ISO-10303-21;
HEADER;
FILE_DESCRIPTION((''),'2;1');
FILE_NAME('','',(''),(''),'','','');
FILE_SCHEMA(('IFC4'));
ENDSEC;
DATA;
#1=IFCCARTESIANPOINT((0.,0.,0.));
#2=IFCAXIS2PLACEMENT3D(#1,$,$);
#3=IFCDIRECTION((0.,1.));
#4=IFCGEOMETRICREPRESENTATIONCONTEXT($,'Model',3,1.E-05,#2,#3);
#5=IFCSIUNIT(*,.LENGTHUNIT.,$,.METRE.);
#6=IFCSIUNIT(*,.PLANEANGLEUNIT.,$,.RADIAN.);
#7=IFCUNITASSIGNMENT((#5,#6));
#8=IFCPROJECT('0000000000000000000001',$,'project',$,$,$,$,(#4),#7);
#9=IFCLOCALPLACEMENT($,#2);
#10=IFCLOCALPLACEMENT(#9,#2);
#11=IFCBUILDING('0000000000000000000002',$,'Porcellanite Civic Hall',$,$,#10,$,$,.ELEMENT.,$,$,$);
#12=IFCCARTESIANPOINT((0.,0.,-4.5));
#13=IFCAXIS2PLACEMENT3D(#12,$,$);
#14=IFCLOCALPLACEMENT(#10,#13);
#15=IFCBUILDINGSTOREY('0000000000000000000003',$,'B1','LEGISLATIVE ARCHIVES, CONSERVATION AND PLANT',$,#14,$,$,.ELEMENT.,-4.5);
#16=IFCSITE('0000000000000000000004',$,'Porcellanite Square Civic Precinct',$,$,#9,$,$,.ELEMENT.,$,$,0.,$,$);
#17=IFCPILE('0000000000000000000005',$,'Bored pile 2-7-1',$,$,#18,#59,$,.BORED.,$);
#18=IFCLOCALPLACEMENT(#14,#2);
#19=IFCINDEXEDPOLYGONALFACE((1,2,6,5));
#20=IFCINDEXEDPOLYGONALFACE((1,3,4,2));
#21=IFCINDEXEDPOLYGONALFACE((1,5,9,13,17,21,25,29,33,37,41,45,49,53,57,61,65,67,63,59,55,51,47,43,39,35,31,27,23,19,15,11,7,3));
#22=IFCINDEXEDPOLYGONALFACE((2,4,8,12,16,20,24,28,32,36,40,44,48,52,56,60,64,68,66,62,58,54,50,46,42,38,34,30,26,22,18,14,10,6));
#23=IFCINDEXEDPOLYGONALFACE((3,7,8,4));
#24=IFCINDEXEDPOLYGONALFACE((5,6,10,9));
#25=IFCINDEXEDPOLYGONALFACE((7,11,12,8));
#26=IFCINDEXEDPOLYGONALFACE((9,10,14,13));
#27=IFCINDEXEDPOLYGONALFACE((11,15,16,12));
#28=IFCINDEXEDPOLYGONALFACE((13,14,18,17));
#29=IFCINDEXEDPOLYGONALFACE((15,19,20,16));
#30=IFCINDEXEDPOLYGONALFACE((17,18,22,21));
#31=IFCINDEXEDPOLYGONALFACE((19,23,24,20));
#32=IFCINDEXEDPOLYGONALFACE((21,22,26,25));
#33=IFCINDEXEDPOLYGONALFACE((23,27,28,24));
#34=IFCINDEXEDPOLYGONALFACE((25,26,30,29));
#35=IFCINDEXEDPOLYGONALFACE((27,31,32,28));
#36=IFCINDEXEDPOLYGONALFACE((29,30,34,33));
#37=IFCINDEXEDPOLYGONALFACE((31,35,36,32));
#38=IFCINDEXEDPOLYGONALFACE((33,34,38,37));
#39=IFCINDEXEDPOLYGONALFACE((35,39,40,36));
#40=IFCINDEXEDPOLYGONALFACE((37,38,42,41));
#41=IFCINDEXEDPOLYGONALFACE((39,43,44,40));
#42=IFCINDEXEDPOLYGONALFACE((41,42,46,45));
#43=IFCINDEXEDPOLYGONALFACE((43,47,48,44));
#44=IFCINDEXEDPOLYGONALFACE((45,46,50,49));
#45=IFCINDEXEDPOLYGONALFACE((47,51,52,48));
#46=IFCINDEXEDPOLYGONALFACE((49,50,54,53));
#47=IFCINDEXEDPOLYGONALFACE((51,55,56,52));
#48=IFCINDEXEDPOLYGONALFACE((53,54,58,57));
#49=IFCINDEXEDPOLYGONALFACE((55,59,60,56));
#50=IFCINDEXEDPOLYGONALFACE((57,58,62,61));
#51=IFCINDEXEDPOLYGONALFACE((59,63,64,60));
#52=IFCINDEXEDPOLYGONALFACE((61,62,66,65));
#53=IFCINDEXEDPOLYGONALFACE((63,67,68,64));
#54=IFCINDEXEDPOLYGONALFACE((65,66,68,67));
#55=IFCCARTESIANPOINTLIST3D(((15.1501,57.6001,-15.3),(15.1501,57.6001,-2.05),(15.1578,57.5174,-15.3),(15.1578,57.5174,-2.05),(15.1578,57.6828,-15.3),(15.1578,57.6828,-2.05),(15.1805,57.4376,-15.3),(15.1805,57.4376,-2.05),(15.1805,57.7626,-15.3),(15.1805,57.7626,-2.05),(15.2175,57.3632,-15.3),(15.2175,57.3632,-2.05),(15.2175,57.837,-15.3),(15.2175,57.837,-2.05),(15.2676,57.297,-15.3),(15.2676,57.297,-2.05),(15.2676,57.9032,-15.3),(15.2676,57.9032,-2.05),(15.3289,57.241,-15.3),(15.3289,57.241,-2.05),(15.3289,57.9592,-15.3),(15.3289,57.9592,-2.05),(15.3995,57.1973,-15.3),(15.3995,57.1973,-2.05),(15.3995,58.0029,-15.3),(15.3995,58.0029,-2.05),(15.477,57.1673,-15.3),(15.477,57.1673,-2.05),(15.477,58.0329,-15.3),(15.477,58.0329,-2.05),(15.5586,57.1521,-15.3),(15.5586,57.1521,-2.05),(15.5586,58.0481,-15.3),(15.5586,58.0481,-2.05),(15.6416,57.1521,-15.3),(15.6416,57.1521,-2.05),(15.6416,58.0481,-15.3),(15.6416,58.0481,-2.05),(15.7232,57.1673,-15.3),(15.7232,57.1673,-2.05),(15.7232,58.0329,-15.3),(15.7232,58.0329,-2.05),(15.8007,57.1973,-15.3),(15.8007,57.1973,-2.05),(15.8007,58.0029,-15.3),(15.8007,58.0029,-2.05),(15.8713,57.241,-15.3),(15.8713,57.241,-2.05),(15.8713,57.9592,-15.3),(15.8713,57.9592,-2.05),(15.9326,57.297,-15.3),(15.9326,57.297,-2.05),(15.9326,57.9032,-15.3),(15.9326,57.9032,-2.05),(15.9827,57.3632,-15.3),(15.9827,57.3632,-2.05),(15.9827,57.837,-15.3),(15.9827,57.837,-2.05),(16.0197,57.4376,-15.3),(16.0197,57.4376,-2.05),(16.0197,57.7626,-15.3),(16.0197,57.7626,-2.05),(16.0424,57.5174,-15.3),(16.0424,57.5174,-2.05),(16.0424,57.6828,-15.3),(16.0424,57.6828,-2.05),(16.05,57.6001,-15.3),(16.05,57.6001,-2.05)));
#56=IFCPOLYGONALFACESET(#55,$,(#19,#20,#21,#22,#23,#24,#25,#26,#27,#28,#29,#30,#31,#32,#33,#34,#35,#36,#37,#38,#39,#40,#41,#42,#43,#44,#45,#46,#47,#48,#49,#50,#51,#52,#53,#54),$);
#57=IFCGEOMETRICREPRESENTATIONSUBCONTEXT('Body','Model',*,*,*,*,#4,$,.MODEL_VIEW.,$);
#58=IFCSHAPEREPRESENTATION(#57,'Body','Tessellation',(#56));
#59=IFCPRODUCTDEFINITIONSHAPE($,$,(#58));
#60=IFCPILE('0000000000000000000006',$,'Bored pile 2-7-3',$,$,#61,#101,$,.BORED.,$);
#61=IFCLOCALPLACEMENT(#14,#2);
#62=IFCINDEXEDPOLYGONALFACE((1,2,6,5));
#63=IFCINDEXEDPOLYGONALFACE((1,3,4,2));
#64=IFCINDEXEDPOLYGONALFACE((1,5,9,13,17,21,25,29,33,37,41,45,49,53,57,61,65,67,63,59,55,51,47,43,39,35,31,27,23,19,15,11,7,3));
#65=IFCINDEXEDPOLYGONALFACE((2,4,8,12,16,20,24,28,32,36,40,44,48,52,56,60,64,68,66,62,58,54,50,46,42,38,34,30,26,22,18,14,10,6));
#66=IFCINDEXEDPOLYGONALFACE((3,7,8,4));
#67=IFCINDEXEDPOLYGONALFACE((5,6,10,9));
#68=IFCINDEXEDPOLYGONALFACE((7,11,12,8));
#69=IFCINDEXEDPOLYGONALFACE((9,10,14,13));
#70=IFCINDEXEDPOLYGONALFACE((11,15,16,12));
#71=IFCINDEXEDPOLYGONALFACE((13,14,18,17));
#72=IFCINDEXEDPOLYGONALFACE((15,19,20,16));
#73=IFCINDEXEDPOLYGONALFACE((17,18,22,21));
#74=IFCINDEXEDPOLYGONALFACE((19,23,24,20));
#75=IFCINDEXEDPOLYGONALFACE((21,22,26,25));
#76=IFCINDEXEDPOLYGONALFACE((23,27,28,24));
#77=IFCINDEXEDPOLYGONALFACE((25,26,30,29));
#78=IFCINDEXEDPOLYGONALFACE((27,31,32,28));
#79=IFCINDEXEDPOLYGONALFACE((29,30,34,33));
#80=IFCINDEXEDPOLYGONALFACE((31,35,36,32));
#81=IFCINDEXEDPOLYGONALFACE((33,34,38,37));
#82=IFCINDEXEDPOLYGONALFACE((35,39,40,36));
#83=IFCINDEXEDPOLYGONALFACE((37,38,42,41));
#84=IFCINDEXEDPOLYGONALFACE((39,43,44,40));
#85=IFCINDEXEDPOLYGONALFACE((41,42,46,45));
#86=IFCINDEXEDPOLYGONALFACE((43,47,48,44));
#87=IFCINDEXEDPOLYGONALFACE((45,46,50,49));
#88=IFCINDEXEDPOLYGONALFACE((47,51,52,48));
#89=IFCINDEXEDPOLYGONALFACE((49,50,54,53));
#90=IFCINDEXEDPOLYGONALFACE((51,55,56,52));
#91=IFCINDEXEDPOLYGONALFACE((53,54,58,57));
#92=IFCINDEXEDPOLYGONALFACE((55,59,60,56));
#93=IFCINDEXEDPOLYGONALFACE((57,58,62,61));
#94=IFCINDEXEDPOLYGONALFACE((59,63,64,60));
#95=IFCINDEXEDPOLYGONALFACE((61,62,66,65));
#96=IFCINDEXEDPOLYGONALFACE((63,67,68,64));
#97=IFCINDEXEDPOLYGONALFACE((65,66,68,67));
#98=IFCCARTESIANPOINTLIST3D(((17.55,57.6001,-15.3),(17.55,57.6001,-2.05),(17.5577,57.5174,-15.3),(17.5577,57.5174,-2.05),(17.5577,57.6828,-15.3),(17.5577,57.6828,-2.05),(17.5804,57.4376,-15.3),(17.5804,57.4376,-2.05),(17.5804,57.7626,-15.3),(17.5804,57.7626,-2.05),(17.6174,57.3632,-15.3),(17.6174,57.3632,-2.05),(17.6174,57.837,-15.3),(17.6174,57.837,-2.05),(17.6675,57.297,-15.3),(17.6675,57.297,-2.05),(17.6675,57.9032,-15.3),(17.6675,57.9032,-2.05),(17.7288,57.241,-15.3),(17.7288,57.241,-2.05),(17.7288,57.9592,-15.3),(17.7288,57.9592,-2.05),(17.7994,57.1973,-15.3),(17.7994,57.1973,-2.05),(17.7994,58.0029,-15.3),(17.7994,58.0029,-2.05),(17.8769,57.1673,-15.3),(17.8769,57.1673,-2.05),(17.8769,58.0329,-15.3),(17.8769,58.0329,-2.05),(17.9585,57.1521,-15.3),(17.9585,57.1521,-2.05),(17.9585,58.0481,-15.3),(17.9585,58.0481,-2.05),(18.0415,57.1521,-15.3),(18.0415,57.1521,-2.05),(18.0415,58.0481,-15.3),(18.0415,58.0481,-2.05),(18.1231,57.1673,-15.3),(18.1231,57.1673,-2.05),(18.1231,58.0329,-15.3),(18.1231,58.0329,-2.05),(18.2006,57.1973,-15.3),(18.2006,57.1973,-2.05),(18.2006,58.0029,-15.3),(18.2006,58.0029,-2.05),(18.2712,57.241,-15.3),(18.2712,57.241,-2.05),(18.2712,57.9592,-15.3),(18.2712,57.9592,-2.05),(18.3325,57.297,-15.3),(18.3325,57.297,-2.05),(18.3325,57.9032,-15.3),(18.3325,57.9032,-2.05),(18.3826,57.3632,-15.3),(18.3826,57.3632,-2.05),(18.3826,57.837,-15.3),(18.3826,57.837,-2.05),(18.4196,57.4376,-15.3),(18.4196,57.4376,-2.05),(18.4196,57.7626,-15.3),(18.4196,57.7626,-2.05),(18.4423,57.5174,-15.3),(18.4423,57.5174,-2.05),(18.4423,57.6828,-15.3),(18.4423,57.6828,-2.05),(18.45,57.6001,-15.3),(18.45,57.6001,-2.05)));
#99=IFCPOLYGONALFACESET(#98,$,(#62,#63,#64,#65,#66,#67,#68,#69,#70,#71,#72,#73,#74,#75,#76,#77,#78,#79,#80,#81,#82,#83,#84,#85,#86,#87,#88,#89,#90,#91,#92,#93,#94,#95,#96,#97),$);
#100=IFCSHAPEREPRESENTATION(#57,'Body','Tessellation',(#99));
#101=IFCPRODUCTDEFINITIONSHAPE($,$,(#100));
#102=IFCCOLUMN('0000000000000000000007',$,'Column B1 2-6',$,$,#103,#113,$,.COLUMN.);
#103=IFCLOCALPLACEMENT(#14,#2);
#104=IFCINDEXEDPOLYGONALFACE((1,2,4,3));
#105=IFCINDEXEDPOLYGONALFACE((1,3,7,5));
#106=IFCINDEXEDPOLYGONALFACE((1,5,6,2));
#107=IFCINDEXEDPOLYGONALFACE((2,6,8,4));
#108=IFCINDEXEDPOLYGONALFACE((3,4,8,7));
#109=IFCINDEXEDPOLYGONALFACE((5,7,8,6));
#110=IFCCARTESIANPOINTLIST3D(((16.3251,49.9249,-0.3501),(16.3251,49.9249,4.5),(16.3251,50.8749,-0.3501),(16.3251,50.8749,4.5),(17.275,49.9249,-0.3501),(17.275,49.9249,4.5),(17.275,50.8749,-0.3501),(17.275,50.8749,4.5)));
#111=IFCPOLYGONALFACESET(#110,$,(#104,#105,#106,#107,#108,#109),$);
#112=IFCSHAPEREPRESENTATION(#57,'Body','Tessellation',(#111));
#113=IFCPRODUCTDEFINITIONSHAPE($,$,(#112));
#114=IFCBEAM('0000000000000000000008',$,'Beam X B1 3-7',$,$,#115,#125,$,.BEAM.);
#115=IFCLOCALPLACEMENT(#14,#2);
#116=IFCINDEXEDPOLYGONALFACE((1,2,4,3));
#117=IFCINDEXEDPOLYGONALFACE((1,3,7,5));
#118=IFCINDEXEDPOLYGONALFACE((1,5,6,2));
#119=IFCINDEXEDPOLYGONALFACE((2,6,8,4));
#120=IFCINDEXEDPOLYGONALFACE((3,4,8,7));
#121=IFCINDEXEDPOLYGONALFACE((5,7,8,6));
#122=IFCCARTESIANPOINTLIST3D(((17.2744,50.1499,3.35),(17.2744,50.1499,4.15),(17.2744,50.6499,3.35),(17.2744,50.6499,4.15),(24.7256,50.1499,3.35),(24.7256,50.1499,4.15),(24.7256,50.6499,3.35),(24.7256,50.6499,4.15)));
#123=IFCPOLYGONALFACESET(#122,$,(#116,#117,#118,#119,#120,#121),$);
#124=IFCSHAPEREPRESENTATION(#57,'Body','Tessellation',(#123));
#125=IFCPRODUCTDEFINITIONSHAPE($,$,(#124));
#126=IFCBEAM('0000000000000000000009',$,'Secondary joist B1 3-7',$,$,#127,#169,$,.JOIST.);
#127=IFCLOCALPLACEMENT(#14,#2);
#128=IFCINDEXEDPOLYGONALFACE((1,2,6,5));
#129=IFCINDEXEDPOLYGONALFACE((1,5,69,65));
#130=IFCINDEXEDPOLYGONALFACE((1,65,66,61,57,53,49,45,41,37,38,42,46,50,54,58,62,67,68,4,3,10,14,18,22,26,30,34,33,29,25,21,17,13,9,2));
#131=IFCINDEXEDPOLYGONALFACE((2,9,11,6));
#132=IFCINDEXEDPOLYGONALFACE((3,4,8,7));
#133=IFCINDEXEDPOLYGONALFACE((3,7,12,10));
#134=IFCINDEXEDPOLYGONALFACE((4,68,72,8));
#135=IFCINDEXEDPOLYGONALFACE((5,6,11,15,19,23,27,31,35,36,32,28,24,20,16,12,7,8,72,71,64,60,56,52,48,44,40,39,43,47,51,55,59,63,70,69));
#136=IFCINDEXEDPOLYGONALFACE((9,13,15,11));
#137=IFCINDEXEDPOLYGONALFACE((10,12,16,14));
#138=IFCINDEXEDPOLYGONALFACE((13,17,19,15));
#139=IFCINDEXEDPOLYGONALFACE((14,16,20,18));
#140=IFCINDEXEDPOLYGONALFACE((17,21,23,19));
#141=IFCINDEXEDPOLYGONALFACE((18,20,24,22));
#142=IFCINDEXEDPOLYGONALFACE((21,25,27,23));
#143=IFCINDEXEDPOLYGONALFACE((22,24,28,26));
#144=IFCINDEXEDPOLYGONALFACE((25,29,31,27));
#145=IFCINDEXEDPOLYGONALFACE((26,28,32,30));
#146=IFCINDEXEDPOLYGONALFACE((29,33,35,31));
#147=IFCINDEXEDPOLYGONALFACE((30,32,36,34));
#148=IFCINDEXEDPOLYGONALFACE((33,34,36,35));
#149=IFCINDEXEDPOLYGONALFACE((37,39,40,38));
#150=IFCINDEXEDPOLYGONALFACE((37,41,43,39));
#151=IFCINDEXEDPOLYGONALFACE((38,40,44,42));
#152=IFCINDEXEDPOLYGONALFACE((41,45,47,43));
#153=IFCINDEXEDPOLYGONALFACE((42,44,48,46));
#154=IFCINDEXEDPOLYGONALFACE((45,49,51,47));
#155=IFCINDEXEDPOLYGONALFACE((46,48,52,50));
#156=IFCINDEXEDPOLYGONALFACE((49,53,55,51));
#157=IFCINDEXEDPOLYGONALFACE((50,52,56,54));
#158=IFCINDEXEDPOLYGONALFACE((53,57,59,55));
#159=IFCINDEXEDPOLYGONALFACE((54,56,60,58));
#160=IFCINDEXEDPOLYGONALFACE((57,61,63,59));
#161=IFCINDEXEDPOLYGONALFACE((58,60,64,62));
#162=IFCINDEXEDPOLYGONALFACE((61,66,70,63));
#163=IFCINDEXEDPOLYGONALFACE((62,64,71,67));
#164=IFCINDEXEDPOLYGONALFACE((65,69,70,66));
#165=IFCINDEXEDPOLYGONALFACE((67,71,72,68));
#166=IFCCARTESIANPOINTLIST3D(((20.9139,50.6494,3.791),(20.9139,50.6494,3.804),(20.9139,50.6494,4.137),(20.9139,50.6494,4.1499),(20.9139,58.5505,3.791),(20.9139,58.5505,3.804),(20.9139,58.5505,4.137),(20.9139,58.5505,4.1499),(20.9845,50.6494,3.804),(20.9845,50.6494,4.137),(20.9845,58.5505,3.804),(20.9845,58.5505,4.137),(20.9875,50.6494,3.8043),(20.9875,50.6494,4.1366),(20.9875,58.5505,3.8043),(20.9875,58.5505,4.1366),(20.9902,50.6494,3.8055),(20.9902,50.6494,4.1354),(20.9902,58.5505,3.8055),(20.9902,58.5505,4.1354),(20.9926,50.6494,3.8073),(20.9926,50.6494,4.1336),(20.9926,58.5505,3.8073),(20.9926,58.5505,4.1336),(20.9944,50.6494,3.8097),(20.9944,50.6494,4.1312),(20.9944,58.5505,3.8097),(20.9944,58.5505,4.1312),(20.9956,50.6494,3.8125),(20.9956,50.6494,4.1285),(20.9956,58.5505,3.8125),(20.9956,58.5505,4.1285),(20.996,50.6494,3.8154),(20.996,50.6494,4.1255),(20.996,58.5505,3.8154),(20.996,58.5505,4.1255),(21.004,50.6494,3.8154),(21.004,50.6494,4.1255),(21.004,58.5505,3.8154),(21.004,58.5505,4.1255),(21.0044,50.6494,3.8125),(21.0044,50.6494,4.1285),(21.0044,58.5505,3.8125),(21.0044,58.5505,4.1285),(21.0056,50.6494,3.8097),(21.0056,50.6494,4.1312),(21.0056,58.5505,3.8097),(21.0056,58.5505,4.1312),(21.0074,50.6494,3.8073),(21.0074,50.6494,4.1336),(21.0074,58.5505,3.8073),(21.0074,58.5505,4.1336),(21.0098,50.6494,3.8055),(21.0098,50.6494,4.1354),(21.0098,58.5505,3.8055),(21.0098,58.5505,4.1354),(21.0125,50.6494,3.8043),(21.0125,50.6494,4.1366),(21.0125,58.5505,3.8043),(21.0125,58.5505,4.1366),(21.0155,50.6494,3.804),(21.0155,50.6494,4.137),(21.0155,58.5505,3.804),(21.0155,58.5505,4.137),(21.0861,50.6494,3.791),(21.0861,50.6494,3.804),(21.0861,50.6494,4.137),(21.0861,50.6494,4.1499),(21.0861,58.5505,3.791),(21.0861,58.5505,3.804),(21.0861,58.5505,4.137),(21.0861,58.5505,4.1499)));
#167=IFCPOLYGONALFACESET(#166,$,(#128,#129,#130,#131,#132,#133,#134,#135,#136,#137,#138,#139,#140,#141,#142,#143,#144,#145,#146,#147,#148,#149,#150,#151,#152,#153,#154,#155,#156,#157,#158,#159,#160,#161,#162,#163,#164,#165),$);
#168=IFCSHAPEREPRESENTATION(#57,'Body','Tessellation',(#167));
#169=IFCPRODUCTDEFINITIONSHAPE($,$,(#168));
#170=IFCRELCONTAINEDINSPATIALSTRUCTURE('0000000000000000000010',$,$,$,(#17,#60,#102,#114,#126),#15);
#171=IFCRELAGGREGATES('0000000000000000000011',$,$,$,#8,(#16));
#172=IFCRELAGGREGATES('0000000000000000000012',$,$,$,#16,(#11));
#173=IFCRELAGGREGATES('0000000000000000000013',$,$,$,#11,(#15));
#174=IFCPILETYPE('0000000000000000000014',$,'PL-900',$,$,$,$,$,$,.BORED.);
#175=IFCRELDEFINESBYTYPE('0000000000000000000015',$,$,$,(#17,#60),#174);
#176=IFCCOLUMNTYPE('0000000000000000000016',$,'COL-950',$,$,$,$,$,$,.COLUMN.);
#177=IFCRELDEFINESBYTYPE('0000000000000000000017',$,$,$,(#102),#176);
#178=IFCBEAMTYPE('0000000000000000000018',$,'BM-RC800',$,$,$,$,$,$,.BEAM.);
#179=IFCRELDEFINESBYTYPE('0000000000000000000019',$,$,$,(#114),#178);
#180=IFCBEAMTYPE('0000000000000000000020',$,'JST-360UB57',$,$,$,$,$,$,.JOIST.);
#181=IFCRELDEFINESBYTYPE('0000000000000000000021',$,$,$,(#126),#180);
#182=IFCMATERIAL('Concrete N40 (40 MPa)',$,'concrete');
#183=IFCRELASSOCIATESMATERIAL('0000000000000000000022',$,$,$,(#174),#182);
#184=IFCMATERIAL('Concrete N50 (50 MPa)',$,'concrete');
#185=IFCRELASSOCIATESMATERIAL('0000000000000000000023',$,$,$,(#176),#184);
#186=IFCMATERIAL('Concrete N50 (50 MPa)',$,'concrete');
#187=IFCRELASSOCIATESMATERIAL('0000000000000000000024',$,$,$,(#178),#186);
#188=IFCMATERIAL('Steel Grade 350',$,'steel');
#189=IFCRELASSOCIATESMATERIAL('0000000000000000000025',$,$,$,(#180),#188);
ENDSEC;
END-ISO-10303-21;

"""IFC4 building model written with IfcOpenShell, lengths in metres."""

from ifc_helpers import new_model, si_unit, direction, frame, origin, origin_2d, place, context, subcontext, project, spatial, rectangle, circle, i_section, extrude, material, material_profile, profile_set, type_object, element, save


model = new_model("IFC4")

# Units and contexts
model_context = context("Model", 3, precision=1e-05, world=origin(), true_north=direction((0.0, 1.0)))
body_context = subcontext(model_context, "Body", "Model", "MODEL_VIEW")
ifc_project = project(units=[si_unit("LENGTHUNIT", "METRE"), si_unit("PLANEANGLEUNIT", "RADIAN")], contexts=[model_context])

# Site, building, storey
site_placement = place(None, origin())
site = spatial("IfcSite", under=ifc_project, at=site_placement, Name="Porcellanite Square Civic Precinct", CompositionType="ELEMENT", RefElevation=0.0)
building_placement = place(site_placement, origin())
building = spatial("IfcBuilding", under=site, at=building_placement, Name="Porcellanite Civic Hall", CompositionType="ELEMENT")
storey_placement = place(building_placement, frame((0.0, 0.0, -4.5)))
storey = spatial("IfcBuildingStorey", under=building, at=storey_placement, Name="B1", Description="LEGISLATIVE ARCHIVES, CONSERVATION AND PLANT", CompositionType="ELEMENT", Elevation=-4.5)

# Piles
ifc_material_1 = material(Name="Concrete N40 (40 MPa)", Category="concrete")
ifc_material_profile_1 = material_profile(ifc_material_1, circle(Radius=0.45, at=origin_2d()), Name="PILE-D900")
ifc_profile_set_1 = profile_set([ifc_material_profile_1], Name="Concrete N40 (40 MPa)")
pile_type = type_object("IfcPileType", Name="PL-900", PredefinedType="BORED", material=ifc_profile_set_1)
for number, where, z_axis, x_axis, name in (
    (1, (15.6001, 57.6001, -2.05), (0.0, 0.0, -1.0), (1.0, 0.0, 0.0), "Bored pile 2-7-1"),
    (2, (18.0, 57.6001, -2.05), (0.0, 0.0, -1.0), (1.0, 0.0, 0.0), "Bored pile 2-7-3"),
):
    element("IfcPile", number, at=place(storey_placement, frame(where, z_axis=z_axis, x_axis=x_axis)), inside=storey, type_object=pile_type, Name=name, PredefinedType="BORED", context=body_context, shape_type="SweptSolid", body=[
        extrude(circle(Radius=0.45, at=origin_2d()), origin(), (0.0, 0.0, 1.0), 13.25),
    ])

# Column
ifc_material_2 = material(Name="Concrete N50 (50 MPa)", Category="concrete")
ifc_material_profile_2 = material_profile(ifc_material_2, rectangle(XDim=0.95, YDim=0.95, at=origin_2d()), Name="RC-950x950")
ifc_profile_set_2 = profile_set([ifc_material_profile_2], Name="Concrete N50 (50 MPa)")
column_type = type_object("IfcColumnType", Name="COL-950", PredefinedType="COLUMN", material=ifc_profile_set_2)
column_placement = place(storey_placement, frame((16.8, 50.3999, -0.3501), z_axis=(0.0, 0.0, 1.0), x_axis=(1.0, 0.0, 0.0)))
element("IfcColumn", 3, at=column_placement, inside=storey, type_object=column_type, Name="Column B1 2-6", PredefinedType="COLUMN", context=body_context, shape_type="SweptSolid", body=[
    extrude(rectangle(XDim=0.95, YDim=0.95, at=origin_2d()), origin(), (0.0, 0.0, 1.0), 4.8501),
])

# Beams
ifc_material_3 = material(Name="Concrete N50 (50 MPa)", Category="concrete")
ifc_material_profile_3 = material_profile(ifc_material_3, rectangle(XDim=0.5, YDim=0.8, at=origin_2d()), Name="RC-500x800")
ifc_profile_set_3 = profile_set([ifc_material_profile_3], Name="Concrete N50 (50 MPa)")
beam_type_1 = type_object("IfcBeamType", Name="BM-RC800", PredefinedType="BEAM", material=ifc_profile_set_3)
beam_1_placement = place(storey_placement, frame((17.2744, 50.3999, 3.75), z_axis=(1.0, 0.0, 0.0), x_axis=(0.0, 1.0, 0.0)))
element("IfcBeam", 4, at=beam_1_placement, inside=storey, type_object=beam_type_1, Name="Beam X B1 3-7", PredefinedType="BEAM", context=body_context, shape_type="SweptSolid", body=[
    extrude(rectangle(XDim=0.5, YDim=0.8, at=origin_2d()), origin(), (0.0, 0.0, 1.0), 7.4512),
])
ifc_material_4 = material(Name="Steel Grade 350", Category="steel")
ifc_material_profile_4 = material_profile(ifc_material_4, i_section(OverallWidth=0.1721, OverallDepth=0.3589, WebThickness=0.0081, FlangeThickness=0.0129, FilletRadius=0.0115, at=origin_2d()), Name="360UB56.7")
ifc_profile_set_4 = profile_set([ifc_material_profile_4], Name="Steel Grade 350")
beam_type_2 = type_object("IfcBeamType", Name="JST-360UB57", PredefinedType="JOIST", material=ifc_profile_set_4)
beam_2_placement = place(storey_placement, frame((21.0, 50.6494, 3.9705), z_axis=(0.0, 1.0, 0.0), x_axis=(-1.0, 0.0, 0.0)))
element("IfcBeam", 5, at=beam_2_placement, inside=storey, type_object=beam_type_2, Name="Secondary joist B1 3-7", PredefinedType="JOIST", context=body_context, shape_type="SweptSolid", body=[
    extrude(i_section(OverallWidth=0.1721, OverallDepth=0.3589, WebThickness=0.0081, FlangeThickness=0.0129, FilletRadius=0.0115, at=origin_2d()), origin(), (0.0, 0.0, 1.0), 7.9011),
])

save(model, "model.ifc")
